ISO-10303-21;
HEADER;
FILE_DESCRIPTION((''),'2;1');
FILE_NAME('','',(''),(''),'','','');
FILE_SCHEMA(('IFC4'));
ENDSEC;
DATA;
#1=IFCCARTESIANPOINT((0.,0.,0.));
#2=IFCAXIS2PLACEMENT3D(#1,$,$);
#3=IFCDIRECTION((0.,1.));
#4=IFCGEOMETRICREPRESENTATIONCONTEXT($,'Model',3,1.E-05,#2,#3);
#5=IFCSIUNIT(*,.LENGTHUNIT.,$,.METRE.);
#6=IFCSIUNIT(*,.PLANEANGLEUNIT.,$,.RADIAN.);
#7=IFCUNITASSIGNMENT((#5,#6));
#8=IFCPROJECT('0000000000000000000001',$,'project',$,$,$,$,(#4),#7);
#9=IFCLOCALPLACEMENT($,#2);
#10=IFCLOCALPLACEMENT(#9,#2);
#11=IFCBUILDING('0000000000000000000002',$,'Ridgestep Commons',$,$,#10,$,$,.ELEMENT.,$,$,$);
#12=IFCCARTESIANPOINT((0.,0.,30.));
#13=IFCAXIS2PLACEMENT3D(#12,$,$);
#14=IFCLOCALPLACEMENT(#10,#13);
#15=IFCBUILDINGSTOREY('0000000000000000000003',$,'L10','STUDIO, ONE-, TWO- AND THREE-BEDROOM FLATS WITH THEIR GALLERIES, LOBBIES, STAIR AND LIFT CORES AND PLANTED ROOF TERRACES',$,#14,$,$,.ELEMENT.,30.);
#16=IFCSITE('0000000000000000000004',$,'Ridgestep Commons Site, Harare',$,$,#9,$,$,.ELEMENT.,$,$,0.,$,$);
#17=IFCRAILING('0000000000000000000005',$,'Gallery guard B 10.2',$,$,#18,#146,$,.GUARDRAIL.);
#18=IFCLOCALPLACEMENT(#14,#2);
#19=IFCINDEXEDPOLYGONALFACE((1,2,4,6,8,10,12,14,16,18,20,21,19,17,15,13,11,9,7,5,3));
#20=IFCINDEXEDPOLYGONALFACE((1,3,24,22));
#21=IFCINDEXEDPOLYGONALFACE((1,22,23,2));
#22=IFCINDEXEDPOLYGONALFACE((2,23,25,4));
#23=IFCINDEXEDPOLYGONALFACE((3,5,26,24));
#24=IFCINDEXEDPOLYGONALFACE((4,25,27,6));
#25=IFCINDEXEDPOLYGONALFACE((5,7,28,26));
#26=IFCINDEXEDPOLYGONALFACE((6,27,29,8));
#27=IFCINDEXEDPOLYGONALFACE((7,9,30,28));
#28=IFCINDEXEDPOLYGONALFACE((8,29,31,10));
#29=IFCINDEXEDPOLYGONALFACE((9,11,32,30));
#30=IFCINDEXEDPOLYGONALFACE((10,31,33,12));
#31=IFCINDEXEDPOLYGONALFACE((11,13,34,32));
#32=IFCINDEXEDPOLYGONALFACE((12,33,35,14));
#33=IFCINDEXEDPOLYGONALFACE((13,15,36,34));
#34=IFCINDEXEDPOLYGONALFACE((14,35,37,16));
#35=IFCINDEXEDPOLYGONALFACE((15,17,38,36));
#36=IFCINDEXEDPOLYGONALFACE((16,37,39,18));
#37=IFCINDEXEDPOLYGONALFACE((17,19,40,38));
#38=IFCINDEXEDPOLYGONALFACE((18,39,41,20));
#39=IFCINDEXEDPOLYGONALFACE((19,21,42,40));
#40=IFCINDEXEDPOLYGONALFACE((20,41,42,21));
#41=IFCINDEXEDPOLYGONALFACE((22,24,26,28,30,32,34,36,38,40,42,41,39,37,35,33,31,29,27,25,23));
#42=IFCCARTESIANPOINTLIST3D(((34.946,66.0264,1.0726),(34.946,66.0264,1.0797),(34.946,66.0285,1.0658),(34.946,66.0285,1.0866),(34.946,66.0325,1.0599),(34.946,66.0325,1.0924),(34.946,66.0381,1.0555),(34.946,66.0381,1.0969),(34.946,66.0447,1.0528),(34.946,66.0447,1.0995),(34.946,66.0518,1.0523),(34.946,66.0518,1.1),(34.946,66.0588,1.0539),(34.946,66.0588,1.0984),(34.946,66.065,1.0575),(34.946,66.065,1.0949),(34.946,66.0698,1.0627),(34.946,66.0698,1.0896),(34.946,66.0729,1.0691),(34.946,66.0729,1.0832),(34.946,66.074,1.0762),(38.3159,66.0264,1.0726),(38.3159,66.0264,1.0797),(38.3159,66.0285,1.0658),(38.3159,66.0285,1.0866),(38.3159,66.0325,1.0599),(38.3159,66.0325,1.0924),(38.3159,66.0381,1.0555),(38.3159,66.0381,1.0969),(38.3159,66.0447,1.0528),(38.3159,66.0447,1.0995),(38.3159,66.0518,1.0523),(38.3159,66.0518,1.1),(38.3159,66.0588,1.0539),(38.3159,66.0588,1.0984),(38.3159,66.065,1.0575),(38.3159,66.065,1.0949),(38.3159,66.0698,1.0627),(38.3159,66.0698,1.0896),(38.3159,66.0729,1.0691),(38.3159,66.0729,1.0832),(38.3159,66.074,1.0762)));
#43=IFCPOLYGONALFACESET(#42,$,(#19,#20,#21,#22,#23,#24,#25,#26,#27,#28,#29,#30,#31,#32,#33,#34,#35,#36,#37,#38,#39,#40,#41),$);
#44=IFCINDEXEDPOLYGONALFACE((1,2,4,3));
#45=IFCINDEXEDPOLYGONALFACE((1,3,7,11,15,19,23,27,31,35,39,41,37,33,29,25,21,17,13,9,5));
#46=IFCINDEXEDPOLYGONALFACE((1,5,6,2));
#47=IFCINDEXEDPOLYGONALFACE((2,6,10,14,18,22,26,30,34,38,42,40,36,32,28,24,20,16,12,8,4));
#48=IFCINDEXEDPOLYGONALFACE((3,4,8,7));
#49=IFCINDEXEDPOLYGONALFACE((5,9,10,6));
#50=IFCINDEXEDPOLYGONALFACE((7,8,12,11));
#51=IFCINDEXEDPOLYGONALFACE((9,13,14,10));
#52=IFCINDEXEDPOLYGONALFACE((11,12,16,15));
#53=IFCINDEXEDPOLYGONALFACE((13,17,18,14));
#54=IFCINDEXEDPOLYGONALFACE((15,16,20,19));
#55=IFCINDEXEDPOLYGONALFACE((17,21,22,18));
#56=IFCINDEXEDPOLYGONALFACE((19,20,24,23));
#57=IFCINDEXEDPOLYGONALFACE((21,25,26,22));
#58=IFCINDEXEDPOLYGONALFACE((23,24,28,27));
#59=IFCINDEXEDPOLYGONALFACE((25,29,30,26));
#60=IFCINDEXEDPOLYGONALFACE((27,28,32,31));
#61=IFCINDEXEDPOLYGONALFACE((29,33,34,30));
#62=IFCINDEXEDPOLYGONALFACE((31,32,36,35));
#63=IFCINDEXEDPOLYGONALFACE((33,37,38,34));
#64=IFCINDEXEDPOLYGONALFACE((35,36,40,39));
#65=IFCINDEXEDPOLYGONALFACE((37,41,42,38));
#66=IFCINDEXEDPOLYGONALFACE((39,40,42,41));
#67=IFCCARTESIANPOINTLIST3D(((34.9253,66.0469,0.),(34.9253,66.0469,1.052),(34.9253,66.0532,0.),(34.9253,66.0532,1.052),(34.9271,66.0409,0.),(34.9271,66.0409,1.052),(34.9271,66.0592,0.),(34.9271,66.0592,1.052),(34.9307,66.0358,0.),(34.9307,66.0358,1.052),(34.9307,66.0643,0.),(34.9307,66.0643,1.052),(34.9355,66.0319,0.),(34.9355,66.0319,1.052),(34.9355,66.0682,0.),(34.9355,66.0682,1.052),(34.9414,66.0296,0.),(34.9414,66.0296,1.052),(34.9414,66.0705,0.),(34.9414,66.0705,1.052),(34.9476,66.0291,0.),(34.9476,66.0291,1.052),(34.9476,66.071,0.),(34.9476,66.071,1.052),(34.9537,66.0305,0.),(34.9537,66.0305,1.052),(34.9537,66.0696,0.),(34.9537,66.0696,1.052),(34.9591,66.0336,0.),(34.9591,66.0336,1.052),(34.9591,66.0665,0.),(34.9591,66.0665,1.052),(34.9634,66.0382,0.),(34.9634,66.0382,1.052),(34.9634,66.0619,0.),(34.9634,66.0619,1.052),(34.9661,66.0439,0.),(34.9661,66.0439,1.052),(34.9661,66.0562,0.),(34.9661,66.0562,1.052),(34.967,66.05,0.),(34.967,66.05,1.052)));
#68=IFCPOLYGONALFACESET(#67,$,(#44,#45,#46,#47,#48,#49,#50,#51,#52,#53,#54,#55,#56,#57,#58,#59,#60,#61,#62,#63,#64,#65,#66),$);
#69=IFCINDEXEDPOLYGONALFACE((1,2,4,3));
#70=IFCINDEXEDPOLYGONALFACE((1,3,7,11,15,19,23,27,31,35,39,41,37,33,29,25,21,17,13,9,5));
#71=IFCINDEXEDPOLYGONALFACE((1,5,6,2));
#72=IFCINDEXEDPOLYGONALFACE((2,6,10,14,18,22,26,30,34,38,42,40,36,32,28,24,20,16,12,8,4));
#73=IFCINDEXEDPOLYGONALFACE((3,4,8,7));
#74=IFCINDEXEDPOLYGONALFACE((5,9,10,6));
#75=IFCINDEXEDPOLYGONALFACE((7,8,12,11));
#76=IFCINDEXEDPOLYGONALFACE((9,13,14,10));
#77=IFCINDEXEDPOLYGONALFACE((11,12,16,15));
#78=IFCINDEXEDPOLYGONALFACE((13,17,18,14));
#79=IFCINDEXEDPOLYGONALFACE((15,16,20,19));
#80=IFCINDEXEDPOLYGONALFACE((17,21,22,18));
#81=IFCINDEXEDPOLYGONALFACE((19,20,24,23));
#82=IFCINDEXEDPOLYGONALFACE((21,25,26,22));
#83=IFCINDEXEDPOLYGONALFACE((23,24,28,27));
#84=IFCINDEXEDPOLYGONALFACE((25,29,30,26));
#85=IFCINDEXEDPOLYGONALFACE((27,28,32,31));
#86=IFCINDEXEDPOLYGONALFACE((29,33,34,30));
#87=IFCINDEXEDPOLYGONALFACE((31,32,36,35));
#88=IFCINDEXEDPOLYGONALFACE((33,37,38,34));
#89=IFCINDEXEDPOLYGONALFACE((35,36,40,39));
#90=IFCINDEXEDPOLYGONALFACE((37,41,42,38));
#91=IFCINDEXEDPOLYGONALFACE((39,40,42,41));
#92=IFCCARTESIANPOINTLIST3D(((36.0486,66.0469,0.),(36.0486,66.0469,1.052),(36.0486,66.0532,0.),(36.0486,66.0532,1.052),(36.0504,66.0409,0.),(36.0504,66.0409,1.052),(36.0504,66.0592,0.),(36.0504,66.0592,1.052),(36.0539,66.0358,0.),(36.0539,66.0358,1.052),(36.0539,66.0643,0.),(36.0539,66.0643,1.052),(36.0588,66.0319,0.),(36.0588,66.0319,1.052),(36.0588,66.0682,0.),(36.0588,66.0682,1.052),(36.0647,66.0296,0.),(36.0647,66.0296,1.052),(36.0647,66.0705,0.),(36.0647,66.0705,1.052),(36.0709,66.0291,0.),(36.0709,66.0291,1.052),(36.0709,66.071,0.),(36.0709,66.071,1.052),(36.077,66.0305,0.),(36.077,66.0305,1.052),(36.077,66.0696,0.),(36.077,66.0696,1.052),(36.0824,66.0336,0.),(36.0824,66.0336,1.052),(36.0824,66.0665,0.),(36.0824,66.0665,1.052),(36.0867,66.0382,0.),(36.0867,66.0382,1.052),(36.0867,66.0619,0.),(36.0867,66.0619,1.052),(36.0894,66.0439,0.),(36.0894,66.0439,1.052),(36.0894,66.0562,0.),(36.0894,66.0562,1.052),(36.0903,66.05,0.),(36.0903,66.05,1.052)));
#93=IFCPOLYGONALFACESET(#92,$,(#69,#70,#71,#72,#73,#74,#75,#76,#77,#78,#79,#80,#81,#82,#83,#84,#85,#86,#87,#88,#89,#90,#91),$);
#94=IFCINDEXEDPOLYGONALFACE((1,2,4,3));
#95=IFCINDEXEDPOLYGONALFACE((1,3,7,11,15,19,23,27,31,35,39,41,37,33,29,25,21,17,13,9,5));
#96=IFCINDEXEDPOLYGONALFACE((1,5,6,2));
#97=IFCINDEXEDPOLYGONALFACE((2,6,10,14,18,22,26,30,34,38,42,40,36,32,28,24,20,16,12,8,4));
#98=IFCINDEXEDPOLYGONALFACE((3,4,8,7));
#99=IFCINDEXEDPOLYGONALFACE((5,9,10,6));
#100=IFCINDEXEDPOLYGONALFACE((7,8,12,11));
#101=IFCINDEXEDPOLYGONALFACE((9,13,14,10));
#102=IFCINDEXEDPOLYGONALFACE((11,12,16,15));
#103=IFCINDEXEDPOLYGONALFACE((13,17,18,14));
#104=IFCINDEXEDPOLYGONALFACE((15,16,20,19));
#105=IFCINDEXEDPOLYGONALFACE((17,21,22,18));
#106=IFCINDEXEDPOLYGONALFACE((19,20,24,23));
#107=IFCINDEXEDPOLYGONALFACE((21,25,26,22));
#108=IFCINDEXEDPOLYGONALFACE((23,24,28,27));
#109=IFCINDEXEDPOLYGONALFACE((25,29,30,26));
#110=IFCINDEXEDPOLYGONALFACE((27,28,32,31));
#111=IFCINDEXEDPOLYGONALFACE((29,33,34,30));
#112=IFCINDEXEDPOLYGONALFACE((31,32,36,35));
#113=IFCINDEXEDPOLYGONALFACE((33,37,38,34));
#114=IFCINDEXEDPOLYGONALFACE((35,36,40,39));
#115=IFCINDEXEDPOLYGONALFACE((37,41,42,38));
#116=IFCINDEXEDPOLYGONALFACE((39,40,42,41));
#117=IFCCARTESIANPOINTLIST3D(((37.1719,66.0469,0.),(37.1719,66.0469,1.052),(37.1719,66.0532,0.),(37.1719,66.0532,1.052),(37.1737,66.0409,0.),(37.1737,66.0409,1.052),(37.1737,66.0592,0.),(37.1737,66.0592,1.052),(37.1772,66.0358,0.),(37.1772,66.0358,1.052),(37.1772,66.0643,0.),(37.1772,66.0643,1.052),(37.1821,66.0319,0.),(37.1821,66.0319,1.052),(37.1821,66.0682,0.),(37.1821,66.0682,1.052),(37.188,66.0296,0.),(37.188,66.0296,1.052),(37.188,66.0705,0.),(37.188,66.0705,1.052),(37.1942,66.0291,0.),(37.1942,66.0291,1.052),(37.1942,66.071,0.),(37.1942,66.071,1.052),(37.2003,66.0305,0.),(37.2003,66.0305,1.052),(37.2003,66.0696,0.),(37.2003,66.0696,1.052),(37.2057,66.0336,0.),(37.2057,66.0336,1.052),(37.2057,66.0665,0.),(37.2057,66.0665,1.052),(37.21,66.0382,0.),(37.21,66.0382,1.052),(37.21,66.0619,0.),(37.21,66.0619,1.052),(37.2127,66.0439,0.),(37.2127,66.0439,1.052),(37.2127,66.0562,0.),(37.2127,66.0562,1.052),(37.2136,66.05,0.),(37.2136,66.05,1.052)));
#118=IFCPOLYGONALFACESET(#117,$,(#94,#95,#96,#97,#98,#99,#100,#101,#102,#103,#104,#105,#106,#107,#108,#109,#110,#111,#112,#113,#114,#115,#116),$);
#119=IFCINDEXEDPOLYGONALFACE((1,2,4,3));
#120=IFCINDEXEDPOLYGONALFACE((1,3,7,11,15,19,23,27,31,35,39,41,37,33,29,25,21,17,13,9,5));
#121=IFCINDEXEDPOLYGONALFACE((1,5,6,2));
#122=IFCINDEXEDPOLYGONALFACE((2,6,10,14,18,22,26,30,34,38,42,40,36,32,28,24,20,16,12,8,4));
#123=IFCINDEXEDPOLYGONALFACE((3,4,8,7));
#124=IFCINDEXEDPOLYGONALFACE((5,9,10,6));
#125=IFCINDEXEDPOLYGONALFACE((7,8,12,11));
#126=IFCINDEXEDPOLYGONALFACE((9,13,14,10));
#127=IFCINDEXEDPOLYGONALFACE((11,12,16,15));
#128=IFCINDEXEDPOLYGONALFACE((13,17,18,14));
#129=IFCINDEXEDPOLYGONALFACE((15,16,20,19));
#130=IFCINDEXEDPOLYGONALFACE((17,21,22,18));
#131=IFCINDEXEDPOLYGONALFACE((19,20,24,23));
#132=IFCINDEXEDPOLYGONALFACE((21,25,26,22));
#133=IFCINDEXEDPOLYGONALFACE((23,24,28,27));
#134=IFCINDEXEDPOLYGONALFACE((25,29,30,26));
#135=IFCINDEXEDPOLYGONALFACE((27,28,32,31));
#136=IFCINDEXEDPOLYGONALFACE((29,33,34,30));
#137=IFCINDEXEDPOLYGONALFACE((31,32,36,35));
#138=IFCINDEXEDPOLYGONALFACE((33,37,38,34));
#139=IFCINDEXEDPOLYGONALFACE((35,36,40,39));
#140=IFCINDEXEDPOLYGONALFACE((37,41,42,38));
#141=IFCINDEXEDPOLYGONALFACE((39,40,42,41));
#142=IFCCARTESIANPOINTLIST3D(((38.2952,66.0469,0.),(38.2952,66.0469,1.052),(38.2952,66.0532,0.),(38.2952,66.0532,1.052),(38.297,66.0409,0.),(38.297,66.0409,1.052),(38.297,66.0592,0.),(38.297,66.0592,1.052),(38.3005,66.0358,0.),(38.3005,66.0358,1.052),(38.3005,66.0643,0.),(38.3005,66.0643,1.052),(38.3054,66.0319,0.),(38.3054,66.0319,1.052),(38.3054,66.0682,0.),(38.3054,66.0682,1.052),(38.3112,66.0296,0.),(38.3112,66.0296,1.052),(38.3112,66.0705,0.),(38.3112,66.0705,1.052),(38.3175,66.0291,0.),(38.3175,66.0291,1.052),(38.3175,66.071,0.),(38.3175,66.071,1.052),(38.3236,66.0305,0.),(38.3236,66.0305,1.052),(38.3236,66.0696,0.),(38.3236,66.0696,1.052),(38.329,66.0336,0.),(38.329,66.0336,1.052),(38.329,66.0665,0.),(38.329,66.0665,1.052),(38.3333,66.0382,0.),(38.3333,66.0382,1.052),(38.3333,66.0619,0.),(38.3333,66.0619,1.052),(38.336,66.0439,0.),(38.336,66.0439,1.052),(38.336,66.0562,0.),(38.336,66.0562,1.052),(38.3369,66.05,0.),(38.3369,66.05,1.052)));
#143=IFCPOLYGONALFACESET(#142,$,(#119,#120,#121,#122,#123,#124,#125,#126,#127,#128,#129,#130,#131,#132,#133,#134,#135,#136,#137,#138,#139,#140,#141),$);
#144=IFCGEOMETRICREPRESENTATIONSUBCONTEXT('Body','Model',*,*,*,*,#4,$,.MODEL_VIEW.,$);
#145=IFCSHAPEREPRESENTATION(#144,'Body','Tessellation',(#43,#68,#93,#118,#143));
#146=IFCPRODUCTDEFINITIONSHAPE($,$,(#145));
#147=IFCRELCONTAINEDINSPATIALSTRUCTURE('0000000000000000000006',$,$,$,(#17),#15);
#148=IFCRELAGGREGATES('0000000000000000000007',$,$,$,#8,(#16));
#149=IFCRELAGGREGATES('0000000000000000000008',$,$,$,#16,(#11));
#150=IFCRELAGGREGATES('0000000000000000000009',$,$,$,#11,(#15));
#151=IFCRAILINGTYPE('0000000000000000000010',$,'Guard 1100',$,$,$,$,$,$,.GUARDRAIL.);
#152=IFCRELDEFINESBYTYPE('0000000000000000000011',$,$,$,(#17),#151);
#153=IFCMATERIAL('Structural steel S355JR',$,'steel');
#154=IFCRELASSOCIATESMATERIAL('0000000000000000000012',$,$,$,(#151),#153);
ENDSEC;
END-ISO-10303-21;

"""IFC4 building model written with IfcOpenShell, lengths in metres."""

from ifc_helpers import new_model, si_unit, direction, frame, origin, origin_2d, place, context, subcontext, project, spatial, circle, extrude, material, type_object, element, save


model = new_model("IFC4")

# Units and contexts
model_context = context("Model", 3, precision=1e-05, world=origin(), true_north=direction((0.0, 1.0)))
body_context = subcontext(model_context, "Body", "Model", "MODEL_VIEW")
ifc_project = project(units=[si_unit("LENGTHUNIT", "METRE"), si_unit("PLANEANGLEUNIT", "RADIAN")], contexts=[model_context])

# Site, building, storey
site_placement = place(None, origin())
site = spatial("IfcSite", under=ifc_project, at=site_placement, Name="Ridgestep Commons Site, Harare", CompositionType="ELEMENT", RefElevation=0.0)
building_placement = place(site_placement, origin())
building = spatial("IfcBuilding", under=site, at=building_placement, Name="Ridgestep Commons", CompositionType="ELEMENT")
storey_placement = place(building_placement, frame((0.0, 0.0, 30.0)))
storey = spatial("IfcBuildingStorey", under=building, at=storey_placement, Name="L10", Description="STUDIO, ONE-, TWO- AND THREE-BEDROOM FLATS WITH THEIR GALLERIES, LOBBIES, STAIR AND LIFT CORES AND PLANTED ROOF TERRACES", CompositionType="ELEMENT", Elevation=30.0)

# Railing
ifc_material_1 = material(Name="Structural steel S355JR", Category="steel")
railing_type_1 = type_object("IfcRailingType", Name="Guard 1100", PredefinedType="GUARDRAIL", material=ifc_material_1)
railing_1_placement = place(storey_placement, frame((34.946, 66.05, 0.0)))
element("IfcRailing", 1, at=railing_1_placement, inside=storey, type_object=railing_type_1, Name="Gallery guard B 10.2", PredefinedType="GUARDRAIL", context=body_context, shape_type="SweptSolid", body=[
    extrude(circle(Radius=0.0239, at=origin_2d()), frame((0.0, 0.0, 1.0762), z_axis=(1.0, 0.0, 0.0), x_axis=(0.0, 1.0, 0.0)), (0.0, 0.0, 1.0), 3.3699),
    extrude(circle(Radius=0.021, at=origin_2d()), origin(), (0.0, 0.0, 1.0), 1.052),
    extrude(circle(Radius=0.021, at=origin_2d()), frame((1.1233, 0.0, 0.0)), (0.0, 0.0, 1.0), 1.052),
    extrude(circle(Radius=0.021, at=origin_2d()), frame((2.2466, 0.0, 0.0)), (0.0, 0.0, 1.0), 1.052),
    extrude(circle(Radius=0.021, at=origin_2d()), frame((3.3699, 0.0, 0.0)), (0.0, 0.0, 1.0), 1.052),
])

save(model, "model.ifc")
